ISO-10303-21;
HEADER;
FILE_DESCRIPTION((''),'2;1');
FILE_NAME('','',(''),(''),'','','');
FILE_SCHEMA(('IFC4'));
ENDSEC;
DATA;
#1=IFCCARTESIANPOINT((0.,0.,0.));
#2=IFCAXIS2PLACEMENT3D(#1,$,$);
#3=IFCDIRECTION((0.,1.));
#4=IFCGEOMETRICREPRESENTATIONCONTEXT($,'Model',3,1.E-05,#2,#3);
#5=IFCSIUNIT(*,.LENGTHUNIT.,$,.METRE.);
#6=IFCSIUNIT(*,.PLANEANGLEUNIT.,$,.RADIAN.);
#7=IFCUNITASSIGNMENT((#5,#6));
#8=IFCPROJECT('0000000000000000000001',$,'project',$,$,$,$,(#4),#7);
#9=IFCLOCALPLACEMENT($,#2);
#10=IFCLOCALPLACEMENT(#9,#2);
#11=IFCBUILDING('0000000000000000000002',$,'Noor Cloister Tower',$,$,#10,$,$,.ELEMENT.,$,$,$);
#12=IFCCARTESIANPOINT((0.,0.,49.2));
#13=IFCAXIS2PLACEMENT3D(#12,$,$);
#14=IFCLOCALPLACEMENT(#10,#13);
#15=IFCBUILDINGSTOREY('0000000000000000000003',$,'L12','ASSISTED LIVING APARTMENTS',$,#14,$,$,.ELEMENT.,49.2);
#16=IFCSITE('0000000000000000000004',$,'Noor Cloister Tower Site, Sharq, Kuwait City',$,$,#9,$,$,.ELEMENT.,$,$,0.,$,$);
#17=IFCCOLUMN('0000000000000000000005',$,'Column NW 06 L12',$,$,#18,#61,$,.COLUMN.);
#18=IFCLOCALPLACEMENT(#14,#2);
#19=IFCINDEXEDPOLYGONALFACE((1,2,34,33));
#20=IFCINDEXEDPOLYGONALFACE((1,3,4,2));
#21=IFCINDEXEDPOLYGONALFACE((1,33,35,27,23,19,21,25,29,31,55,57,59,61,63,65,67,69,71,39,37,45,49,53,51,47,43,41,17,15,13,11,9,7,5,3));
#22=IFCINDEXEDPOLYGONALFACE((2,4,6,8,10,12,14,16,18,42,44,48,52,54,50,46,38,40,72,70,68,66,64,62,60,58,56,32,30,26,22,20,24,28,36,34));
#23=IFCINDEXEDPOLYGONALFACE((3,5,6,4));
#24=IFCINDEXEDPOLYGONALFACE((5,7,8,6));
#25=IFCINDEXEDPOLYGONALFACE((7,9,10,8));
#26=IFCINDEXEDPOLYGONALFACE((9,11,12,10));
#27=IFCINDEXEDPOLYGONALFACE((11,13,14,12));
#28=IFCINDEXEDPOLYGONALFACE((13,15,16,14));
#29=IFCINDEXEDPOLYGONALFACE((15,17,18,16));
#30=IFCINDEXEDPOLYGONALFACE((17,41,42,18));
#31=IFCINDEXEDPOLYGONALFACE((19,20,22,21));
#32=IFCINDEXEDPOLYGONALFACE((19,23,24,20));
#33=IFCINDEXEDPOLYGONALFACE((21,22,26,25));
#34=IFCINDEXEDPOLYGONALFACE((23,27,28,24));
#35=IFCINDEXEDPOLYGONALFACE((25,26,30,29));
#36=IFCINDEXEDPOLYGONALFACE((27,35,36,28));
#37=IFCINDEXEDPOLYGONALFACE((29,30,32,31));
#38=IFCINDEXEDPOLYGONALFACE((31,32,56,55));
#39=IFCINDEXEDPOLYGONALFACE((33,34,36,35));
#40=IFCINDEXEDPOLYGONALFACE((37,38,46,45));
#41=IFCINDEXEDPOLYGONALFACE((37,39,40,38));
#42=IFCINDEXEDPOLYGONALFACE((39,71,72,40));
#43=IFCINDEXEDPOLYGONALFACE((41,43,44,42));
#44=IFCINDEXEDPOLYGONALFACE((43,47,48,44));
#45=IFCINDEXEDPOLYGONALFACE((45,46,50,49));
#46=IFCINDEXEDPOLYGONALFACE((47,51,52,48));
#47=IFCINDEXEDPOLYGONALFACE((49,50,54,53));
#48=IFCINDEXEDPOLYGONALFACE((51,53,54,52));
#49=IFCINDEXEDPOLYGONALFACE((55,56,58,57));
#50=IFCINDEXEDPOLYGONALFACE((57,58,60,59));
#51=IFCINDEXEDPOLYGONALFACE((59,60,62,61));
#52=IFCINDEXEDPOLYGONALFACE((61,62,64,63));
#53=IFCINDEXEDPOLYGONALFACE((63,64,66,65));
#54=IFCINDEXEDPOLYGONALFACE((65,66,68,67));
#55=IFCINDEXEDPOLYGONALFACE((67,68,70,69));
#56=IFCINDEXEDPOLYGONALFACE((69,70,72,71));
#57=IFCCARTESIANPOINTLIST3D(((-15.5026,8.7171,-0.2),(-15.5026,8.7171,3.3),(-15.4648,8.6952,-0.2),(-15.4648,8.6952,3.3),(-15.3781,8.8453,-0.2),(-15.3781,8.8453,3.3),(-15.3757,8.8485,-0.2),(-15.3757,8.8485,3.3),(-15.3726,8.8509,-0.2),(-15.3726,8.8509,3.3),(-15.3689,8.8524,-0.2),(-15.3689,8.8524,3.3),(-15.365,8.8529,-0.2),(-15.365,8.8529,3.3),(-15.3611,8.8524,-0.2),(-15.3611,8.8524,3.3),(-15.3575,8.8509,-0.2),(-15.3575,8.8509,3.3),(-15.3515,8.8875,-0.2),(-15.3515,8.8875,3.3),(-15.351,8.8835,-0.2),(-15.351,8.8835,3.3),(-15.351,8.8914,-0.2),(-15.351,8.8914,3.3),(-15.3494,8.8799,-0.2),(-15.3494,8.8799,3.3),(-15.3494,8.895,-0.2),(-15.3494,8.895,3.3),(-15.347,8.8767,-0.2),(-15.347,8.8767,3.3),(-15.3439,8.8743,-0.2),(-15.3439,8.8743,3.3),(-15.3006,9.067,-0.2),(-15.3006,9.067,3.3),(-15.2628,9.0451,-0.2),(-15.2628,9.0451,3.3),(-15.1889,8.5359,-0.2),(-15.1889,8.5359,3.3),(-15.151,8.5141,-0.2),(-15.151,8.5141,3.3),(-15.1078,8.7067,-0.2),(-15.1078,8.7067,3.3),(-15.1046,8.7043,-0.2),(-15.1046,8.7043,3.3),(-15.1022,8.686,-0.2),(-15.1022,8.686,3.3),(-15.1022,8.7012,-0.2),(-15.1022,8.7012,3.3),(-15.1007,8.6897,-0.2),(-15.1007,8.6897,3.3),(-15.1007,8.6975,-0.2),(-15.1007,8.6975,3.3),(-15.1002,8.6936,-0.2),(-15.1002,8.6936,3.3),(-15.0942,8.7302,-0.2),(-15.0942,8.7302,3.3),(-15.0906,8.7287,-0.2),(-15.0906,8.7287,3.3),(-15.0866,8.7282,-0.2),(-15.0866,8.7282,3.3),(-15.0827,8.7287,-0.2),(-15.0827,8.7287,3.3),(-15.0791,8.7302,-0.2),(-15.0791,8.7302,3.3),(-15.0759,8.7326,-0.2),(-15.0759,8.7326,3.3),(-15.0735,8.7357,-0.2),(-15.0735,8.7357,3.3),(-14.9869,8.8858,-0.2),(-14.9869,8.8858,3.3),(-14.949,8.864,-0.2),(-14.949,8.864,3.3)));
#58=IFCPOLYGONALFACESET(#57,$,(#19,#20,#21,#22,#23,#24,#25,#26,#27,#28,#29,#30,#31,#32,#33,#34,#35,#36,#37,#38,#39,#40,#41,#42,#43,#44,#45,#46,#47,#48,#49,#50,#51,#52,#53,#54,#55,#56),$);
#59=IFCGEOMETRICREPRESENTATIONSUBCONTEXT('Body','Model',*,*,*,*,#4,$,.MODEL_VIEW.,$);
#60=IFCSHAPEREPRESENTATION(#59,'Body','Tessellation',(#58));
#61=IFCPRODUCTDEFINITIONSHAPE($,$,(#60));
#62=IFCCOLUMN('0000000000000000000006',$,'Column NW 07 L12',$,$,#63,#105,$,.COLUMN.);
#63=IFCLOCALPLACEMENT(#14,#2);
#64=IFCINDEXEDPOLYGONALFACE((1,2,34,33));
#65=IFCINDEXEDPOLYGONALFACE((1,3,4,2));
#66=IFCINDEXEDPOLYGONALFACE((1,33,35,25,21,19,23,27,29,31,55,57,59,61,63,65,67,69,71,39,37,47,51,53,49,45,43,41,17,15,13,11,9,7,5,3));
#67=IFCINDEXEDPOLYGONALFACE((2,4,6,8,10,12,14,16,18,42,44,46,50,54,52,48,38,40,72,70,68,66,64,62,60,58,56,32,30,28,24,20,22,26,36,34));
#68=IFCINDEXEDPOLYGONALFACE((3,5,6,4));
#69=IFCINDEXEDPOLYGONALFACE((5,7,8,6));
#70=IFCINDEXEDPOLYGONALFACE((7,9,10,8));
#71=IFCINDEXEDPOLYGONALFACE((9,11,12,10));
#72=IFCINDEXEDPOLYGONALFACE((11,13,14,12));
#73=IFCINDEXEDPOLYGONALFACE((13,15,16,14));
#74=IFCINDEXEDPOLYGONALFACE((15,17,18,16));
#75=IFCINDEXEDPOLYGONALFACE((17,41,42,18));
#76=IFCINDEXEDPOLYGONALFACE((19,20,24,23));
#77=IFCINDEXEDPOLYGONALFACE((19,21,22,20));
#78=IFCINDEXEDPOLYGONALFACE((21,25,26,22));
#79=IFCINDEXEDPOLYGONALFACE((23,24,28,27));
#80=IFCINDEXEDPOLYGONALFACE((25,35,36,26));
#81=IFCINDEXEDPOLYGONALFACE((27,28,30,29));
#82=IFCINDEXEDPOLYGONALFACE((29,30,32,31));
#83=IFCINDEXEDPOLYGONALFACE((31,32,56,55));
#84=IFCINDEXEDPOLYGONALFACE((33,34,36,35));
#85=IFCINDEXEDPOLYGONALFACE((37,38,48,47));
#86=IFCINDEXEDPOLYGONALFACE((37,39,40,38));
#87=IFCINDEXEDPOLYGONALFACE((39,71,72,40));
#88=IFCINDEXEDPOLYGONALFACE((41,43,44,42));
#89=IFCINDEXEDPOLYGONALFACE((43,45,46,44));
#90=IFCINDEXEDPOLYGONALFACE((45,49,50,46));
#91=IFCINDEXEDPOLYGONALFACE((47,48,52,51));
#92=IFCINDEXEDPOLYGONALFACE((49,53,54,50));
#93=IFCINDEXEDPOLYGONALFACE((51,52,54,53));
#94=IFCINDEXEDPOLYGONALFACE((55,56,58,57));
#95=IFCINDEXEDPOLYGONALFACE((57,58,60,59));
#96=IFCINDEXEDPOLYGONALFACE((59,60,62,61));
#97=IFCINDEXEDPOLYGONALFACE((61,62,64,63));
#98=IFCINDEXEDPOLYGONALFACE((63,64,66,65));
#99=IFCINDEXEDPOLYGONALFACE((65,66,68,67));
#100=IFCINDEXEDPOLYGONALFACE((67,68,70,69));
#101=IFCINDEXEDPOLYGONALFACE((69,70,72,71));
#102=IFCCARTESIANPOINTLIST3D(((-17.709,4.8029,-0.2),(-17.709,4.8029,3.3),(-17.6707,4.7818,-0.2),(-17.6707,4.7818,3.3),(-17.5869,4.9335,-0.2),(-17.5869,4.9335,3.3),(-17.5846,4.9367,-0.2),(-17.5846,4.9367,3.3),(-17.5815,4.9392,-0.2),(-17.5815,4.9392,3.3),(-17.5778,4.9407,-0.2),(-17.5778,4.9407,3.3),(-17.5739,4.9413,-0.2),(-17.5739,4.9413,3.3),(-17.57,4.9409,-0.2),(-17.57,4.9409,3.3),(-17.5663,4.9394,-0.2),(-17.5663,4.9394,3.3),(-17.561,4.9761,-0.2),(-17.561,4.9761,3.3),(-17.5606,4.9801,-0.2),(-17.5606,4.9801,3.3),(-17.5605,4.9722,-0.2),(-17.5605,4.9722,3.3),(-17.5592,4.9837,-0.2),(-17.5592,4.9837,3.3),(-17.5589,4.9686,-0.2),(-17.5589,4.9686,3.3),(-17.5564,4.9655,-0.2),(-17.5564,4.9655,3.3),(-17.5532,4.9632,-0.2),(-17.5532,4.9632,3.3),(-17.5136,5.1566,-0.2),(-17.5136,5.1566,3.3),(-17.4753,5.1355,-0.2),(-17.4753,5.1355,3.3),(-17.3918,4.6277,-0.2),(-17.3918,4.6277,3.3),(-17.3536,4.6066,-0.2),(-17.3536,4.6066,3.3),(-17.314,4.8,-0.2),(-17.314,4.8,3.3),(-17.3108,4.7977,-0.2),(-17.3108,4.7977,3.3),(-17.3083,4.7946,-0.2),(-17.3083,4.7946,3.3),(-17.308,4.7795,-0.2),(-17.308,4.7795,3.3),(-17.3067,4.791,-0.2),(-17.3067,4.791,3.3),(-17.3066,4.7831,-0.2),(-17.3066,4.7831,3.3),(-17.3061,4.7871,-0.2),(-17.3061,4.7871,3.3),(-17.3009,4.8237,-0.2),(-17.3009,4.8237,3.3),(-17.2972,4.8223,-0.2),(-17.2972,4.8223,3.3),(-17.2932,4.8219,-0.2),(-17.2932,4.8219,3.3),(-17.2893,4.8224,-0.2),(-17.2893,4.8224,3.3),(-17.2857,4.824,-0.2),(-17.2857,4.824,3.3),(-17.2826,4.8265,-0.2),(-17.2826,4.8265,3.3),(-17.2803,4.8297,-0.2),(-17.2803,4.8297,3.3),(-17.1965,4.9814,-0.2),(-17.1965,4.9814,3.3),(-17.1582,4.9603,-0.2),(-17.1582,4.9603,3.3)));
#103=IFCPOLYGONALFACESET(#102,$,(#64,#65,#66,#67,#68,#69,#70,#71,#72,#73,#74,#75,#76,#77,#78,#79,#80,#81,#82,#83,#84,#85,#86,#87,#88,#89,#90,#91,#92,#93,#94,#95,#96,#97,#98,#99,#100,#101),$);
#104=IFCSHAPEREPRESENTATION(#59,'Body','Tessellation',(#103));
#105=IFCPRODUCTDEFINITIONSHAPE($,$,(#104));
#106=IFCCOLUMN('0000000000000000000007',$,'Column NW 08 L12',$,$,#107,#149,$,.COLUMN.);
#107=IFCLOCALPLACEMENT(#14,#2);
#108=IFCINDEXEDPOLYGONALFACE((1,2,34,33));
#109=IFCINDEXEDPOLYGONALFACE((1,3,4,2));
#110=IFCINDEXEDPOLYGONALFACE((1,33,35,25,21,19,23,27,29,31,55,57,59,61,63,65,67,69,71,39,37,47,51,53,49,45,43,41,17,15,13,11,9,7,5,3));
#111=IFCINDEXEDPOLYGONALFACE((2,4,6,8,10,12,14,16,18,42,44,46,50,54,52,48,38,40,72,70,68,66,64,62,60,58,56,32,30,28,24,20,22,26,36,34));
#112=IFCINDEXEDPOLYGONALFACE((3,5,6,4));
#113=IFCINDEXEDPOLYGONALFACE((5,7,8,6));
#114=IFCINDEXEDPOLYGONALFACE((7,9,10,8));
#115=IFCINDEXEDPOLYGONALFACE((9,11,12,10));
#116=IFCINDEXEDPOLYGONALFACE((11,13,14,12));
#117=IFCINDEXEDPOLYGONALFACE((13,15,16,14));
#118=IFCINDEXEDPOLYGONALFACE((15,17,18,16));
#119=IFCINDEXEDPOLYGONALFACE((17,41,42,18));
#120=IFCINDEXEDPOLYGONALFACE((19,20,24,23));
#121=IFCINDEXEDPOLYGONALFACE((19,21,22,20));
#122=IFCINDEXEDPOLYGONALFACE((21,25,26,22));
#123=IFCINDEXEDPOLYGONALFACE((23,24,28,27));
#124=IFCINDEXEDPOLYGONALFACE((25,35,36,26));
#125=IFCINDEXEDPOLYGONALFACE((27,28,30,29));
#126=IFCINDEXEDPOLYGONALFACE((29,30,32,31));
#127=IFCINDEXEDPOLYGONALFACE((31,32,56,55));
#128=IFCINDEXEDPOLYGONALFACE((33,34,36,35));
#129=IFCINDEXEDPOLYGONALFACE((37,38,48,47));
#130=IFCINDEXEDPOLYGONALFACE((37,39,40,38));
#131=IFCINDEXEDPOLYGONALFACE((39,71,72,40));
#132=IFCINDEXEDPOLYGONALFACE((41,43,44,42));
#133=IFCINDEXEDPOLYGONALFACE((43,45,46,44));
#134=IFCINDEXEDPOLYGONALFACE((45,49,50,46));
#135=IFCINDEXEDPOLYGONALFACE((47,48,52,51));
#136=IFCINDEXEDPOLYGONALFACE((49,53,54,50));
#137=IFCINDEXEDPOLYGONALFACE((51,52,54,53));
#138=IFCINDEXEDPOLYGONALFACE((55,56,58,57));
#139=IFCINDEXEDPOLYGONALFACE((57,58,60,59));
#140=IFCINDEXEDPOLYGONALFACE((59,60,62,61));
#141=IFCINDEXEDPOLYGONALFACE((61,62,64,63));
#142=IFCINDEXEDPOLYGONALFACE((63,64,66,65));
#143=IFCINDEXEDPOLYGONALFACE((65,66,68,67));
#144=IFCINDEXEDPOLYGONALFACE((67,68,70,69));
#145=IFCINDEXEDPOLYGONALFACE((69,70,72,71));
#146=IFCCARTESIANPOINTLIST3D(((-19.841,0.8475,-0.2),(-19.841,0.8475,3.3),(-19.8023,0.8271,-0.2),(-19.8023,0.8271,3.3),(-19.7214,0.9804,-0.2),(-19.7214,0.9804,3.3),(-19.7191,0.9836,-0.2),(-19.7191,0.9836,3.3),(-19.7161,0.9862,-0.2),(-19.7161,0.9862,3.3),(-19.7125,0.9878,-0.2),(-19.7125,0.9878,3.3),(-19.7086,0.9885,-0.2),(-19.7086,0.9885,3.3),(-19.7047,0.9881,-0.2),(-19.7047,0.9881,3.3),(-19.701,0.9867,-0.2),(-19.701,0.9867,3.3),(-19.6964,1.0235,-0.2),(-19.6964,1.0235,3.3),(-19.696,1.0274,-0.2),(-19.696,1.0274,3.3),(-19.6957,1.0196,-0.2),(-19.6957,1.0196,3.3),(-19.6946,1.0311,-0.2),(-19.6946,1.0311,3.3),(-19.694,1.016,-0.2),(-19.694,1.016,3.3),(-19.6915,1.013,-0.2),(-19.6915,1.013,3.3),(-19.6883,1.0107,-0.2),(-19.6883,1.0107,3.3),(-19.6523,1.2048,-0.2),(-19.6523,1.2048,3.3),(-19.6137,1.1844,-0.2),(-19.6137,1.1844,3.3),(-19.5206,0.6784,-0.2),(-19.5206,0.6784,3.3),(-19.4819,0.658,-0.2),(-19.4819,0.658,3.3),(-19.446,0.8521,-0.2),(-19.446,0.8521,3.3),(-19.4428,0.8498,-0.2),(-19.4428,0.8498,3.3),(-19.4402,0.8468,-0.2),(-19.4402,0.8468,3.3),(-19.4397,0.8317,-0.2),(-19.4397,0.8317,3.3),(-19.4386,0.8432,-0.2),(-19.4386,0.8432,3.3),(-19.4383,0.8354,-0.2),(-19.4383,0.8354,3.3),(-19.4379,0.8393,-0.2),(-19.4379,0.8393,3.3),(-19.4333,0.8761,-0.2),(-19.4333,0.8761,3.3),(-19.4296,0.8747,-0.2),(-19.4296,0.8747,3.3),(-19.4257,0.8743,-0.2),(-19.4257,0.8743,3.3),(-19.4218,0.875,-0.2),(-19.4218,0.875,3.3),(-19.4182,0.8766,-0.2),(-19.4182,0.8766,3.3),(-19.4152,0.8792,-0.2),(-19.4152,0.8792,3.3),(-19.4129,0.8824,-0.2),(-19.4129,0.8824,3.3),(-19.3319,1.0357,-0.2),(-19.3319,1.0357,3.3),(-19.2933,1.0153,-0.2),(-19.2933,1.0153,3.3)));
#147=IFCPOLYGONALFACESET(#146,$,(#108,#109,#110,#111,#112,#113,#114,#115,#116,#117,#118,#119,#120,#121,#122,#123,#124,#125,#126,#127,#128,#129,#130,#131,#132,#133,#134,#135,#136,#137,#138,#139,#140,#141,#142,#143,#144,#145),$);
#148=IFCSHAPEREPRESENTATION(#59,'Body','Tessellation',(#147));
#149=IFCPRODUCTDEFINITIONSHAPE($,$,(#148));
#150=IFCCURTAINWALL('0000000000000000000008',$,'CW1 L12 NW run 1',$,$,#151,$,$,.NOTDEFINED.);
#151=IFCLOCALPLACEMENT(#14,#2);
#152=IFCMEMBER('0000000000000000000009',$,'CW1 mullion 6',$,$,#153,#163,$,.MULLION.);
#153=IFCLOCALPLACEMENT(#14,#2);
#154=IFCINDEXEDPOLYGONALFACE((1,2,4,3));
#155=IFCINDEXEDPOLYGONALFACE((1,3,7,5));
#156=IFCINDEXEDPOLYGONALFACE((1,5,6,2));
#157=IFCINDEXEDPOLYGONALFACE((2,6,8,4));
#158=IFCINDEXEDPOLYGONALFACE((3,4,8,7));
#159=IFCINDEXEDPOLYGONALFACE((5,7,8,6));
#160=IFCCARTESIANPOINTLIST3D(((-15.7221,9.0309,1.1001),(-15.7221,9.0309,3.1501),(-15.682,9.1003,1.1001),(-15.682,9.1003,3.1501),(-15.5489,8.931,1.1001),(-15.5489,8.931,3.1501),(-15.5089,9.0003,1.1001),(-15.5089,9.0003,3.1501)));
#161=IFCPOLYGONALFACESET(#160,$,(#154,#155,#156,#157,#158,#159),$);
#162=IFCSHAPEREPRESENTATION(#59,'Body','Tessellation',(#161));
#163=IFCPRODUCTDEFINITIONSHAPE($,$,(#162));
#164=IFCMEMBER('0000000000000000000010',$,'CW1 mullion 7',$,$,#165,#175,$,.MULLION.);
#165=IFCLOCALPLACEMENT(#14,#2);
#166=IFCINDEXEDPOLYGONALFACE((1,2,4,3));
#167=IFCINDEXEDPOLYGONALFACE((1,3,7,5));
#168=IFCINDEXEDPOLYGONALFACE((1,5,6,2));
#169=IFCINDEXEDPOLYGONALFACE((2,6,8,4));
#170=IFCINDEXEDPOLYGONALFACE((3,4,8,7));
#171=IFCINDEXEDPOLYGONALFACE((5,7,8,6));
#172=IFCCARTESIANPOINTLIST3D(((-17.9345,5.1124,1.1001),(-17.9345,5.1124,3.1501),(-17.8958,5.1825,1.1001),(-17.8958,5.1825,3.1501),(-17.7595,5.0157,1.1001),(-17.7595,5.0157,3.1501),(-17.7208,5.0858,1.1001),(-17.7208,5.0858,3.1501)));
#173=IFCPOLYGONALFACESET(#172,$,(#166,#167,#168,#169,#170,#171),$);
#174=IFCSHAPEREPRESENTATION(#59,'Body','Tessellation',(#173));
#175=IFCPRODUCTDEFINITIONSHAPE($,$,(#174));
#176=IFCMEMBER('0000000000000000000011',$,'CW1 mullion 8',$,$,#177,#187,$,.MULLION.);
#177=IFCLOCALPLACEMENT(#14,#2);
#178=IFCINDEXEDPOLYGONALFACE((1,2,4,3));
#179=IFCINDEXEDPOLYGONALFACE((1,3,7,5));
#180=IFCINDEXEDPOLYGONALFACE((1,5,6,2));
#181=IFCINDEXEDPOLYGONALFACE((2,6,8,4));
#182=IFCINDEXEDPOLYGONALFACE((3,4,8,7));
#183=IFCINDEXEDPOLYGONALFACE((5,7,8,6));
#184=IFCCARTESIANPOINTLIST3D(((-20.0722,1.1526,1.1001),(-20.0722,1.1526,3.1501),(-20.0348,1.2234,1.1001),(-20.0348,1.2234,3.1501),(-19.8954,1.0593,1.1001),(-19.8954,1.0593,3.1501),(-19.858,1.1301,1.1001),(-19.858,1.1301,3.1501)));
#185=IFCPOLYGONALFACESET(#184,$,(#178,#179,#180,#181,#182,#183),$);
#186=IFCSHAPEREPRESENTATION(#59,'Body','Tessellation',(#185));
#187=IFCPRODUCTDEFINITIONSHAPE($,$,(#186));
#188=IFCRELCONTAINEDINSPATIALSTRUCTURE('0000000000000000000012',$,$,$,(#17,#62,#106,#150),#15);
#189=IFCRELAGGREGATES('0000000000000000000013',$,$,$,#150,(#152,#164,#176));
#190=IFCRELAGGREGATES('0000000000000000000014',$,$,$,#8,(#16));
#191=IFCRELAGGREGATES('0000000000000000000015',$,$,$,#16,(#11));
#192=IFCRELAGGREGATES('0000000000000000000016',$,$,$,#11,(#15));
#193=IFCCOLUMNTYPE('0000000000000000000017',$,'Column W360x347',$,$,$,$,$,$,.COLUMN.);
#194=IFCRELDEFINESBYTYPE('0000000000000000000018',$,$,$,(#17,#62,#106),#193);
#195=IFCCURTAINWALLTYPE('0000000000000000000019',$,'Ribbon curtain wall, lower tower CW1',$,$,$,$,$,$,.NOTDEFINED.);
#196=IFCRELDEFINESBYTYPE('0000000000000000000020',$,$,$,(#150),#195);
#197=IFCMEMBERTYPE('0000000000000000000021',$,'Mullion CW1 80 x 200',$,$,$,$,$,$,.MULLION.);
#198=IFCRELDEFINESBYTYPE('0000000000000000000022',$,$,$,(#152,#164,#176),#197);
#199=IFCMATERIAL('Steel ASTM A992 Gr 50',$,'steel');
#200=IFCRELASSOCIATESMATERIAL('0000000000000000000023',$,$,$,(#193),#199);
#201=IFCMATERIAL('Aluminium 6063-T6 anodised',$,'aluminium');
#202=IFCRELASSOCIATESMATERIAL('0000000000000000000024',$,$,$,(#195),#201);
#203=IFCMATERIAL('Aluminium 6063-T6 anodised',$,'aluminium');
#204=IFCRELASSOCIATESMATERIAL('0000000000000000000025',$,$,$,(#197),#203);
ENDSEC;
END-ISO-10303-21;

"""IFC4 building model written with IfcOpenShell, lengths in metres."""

from ifc_helpers import new_model, si_unit, direction, frame, origin, origin_2d, place, context, subcontext, project, spatial, rectangle, i_section, extrude, material, material_profile, profile_set, type_object, element, aggregate, save


model = new_model("IFC4")

# Units and contexts
model_context = context("Model", 3, precision=1e-05, world=origin(), true_north=direction((0.0, 1.0)))
body_context = subcontext(model_context, "Body", "Model", "MODEL_VIEW")
ifc_project = project(units=[si_unit("LENGTHUNIT", "METRE"), si_unit("PLANEANGLEUNIT", "RADIAN")], contexts=[model_context])

# Site, building, storey
site_placement = place(None, origin())
site = spatial("IfcSite", under=ifc_project, at=site_placement, Name="Noor Cloister Tower Site, Sharq, Kuwait City", CompositionType="ELEMENT", RefElevation=0.0)
building_placement = place(site_placement, origin())
building = spatial("IfcBuilding", under=site, at=building_placement, Name="Noor Cloister Tower", CompositionType="ELEMENT")
storey_placement = place(building_placement, frame((0.0, 0.0, 49.2)))
storey = spatial("IfcBuildingStorey", under=building, at=storey_placement, Name="L12", Description="ASSISTED LIVING APARTMENTS", CompositionType="ELEMENT", Elevation=49.2)

# Columns
ifc_material_1 = material(Name="Steel ASTM A992 Gr 50", Category="steel")
ifc_material_profile_1 = material_profile(ifc_material_1, i_section(OverallWidth=0.4041, OverallDepth=0.406, WebThickness=0.0271, FlangeThickness=0.0437, FilletRadius=0.0151, at=origin_2d()), Name="W360x347")
ifc_profile_set_1 = profile_set([ifc_material_profile_1], Name="Steel ASTM A992 Gr 50")
column_type = type_object("IfcColumnType", Name="Column W360x347", PredefinedType="COLUMN", material=ifc_profile_set_1)
for number, where, z_axis, x_axis, name in (
    (1, (-15.2258, 8.7905, -0.2), (0.0, 0.0, 1.0), (-0.5, -0.866025, 0.0), "Column NW 06 L12"),
    (2, (-17.4336, 4.8816, -0.2), (0.0, 0.0, 1.0), (-0.48353, -0.875328, 0.0), "Column NW 07 L12"),
    (3, (-19.5671, 0.9314, -0.2), (0.0, 0.0, 1.0), (-0.466887, -0.884317, 0.0), "Column NW 08 L12"),
):
    element("IfcColumn", number, at=place(storey_placement, frame(where, z_axis=z_axis, x_axis=x_axis)), inside=storey, type_object=column_type, Name=name, PredefinedType="COLUMN", context=body_context, shape_type="SweptSolid", body=[
        extrude(i_section(OverallWidth=0.4041, OverallDepth=0.406, WebThickness=0.0271, FlangeThickness=0.0437, FilletRadius=0.0151, at=origin_2d()), origin(), (0.0, 0.0, 1.0), 3.5),
    ])

# Curtain wall, members
ifc_material_2 = material(Name="Aluminium 6063-T6 anodised", Category="aluminium")
curtain_wall_type = type_object("IfcCurtainWallType", Name="Ribbon curtain wall, lower tower CW1", PredefinedType="NOTDEFINED", material=ifc_material_2)
curtain_wall_placement = place(storey_placement, origin())
curtain_wall = element("IfcCurtainWall", 4, at=curtain_wall_placement, inside=storey, type_object=curtain_wall_type, Name="CW1 L12 NW run 1", PredefinedType="NOTDEFINED")
ifc_material_3 = material(Name="Aluminium 6063-T6 anodised", Category="aluminium")
ifc_material_profile_2 = material_profile(ifc_material_3, rectangle(XDim=0.2, YDim=0.0801, at=origin_2d()), Name="200 x 80 mullion")
ifc_profile_set_2 = profile_set([ifc_material_profile_2], Name="Aluminium 6063-T6 anodised")
member_type = type_object("IfcMemberType", Name="Mullion CW1 80 x 200", PredefinedType="MULLION", material=ifc_profile_set_2)
member_1_placement = place(storey_placement, frame((-15.6155, 9.0156, 1.1001), z_axis=(0.0, 0.0, 1.0), x_axis=(0.866025, -0.5, 0.0)))
member_1 = element("IfcMember", 5, at=member_1_placement, type_object=member_type, Name="CW1 mullion 6", PredefinedType="MULLION", context=body_context, shape_type="SweptSolid", body=[
    extrude(rectangle(XDim=0.2, YDim=0.0801, at=origin_2d()), origin(), (0.0, 0.0, 1.0), 2.05),
])
member_2_placement = place(storey_placement, frame((-17.8276, 5.0991, 1.1001), z_axis=(0.0, 0.0, 1.0), x_axis=(0.875328, -0.48353, 0.0)))
member_2 = element("IfcMember", 6, at=member_2_placement, type_object=member_type, Name="CW1 mullion 7", PredefinedType="MULLION", context=body_context, shape_type="SweptSolid", body=[
    extrude(rectangle(XDim=0.2, YDim=0.0801, at=origin_2d()), origin(), (0.0, 0.0, 1.0), 2.05),
])
member_3_placement = place(storey_placement, frame((-19.9651, 1.1414, 1.1001), z_axis=(0.0, 0.0, 1.0), x_axis=(0.884317, -0.466887, 0.0)))
member_3 = element("IfcMember", 7, at=member_3_placement, type_object=member_type, Name="CW1 mullion 8", PredefinedType="MULLION", context=body_context, shape_type="SweptSolid", body=[
    extrude(rectangle(XDim=0.2, YDim=0.0801, at=origin_2d()), origin(), (0.0, 0.0, 1.0), 2.05),
])

aggregate(curtain_wall, [member_1, member_2, member_3])

save(model, "model.ifc")
